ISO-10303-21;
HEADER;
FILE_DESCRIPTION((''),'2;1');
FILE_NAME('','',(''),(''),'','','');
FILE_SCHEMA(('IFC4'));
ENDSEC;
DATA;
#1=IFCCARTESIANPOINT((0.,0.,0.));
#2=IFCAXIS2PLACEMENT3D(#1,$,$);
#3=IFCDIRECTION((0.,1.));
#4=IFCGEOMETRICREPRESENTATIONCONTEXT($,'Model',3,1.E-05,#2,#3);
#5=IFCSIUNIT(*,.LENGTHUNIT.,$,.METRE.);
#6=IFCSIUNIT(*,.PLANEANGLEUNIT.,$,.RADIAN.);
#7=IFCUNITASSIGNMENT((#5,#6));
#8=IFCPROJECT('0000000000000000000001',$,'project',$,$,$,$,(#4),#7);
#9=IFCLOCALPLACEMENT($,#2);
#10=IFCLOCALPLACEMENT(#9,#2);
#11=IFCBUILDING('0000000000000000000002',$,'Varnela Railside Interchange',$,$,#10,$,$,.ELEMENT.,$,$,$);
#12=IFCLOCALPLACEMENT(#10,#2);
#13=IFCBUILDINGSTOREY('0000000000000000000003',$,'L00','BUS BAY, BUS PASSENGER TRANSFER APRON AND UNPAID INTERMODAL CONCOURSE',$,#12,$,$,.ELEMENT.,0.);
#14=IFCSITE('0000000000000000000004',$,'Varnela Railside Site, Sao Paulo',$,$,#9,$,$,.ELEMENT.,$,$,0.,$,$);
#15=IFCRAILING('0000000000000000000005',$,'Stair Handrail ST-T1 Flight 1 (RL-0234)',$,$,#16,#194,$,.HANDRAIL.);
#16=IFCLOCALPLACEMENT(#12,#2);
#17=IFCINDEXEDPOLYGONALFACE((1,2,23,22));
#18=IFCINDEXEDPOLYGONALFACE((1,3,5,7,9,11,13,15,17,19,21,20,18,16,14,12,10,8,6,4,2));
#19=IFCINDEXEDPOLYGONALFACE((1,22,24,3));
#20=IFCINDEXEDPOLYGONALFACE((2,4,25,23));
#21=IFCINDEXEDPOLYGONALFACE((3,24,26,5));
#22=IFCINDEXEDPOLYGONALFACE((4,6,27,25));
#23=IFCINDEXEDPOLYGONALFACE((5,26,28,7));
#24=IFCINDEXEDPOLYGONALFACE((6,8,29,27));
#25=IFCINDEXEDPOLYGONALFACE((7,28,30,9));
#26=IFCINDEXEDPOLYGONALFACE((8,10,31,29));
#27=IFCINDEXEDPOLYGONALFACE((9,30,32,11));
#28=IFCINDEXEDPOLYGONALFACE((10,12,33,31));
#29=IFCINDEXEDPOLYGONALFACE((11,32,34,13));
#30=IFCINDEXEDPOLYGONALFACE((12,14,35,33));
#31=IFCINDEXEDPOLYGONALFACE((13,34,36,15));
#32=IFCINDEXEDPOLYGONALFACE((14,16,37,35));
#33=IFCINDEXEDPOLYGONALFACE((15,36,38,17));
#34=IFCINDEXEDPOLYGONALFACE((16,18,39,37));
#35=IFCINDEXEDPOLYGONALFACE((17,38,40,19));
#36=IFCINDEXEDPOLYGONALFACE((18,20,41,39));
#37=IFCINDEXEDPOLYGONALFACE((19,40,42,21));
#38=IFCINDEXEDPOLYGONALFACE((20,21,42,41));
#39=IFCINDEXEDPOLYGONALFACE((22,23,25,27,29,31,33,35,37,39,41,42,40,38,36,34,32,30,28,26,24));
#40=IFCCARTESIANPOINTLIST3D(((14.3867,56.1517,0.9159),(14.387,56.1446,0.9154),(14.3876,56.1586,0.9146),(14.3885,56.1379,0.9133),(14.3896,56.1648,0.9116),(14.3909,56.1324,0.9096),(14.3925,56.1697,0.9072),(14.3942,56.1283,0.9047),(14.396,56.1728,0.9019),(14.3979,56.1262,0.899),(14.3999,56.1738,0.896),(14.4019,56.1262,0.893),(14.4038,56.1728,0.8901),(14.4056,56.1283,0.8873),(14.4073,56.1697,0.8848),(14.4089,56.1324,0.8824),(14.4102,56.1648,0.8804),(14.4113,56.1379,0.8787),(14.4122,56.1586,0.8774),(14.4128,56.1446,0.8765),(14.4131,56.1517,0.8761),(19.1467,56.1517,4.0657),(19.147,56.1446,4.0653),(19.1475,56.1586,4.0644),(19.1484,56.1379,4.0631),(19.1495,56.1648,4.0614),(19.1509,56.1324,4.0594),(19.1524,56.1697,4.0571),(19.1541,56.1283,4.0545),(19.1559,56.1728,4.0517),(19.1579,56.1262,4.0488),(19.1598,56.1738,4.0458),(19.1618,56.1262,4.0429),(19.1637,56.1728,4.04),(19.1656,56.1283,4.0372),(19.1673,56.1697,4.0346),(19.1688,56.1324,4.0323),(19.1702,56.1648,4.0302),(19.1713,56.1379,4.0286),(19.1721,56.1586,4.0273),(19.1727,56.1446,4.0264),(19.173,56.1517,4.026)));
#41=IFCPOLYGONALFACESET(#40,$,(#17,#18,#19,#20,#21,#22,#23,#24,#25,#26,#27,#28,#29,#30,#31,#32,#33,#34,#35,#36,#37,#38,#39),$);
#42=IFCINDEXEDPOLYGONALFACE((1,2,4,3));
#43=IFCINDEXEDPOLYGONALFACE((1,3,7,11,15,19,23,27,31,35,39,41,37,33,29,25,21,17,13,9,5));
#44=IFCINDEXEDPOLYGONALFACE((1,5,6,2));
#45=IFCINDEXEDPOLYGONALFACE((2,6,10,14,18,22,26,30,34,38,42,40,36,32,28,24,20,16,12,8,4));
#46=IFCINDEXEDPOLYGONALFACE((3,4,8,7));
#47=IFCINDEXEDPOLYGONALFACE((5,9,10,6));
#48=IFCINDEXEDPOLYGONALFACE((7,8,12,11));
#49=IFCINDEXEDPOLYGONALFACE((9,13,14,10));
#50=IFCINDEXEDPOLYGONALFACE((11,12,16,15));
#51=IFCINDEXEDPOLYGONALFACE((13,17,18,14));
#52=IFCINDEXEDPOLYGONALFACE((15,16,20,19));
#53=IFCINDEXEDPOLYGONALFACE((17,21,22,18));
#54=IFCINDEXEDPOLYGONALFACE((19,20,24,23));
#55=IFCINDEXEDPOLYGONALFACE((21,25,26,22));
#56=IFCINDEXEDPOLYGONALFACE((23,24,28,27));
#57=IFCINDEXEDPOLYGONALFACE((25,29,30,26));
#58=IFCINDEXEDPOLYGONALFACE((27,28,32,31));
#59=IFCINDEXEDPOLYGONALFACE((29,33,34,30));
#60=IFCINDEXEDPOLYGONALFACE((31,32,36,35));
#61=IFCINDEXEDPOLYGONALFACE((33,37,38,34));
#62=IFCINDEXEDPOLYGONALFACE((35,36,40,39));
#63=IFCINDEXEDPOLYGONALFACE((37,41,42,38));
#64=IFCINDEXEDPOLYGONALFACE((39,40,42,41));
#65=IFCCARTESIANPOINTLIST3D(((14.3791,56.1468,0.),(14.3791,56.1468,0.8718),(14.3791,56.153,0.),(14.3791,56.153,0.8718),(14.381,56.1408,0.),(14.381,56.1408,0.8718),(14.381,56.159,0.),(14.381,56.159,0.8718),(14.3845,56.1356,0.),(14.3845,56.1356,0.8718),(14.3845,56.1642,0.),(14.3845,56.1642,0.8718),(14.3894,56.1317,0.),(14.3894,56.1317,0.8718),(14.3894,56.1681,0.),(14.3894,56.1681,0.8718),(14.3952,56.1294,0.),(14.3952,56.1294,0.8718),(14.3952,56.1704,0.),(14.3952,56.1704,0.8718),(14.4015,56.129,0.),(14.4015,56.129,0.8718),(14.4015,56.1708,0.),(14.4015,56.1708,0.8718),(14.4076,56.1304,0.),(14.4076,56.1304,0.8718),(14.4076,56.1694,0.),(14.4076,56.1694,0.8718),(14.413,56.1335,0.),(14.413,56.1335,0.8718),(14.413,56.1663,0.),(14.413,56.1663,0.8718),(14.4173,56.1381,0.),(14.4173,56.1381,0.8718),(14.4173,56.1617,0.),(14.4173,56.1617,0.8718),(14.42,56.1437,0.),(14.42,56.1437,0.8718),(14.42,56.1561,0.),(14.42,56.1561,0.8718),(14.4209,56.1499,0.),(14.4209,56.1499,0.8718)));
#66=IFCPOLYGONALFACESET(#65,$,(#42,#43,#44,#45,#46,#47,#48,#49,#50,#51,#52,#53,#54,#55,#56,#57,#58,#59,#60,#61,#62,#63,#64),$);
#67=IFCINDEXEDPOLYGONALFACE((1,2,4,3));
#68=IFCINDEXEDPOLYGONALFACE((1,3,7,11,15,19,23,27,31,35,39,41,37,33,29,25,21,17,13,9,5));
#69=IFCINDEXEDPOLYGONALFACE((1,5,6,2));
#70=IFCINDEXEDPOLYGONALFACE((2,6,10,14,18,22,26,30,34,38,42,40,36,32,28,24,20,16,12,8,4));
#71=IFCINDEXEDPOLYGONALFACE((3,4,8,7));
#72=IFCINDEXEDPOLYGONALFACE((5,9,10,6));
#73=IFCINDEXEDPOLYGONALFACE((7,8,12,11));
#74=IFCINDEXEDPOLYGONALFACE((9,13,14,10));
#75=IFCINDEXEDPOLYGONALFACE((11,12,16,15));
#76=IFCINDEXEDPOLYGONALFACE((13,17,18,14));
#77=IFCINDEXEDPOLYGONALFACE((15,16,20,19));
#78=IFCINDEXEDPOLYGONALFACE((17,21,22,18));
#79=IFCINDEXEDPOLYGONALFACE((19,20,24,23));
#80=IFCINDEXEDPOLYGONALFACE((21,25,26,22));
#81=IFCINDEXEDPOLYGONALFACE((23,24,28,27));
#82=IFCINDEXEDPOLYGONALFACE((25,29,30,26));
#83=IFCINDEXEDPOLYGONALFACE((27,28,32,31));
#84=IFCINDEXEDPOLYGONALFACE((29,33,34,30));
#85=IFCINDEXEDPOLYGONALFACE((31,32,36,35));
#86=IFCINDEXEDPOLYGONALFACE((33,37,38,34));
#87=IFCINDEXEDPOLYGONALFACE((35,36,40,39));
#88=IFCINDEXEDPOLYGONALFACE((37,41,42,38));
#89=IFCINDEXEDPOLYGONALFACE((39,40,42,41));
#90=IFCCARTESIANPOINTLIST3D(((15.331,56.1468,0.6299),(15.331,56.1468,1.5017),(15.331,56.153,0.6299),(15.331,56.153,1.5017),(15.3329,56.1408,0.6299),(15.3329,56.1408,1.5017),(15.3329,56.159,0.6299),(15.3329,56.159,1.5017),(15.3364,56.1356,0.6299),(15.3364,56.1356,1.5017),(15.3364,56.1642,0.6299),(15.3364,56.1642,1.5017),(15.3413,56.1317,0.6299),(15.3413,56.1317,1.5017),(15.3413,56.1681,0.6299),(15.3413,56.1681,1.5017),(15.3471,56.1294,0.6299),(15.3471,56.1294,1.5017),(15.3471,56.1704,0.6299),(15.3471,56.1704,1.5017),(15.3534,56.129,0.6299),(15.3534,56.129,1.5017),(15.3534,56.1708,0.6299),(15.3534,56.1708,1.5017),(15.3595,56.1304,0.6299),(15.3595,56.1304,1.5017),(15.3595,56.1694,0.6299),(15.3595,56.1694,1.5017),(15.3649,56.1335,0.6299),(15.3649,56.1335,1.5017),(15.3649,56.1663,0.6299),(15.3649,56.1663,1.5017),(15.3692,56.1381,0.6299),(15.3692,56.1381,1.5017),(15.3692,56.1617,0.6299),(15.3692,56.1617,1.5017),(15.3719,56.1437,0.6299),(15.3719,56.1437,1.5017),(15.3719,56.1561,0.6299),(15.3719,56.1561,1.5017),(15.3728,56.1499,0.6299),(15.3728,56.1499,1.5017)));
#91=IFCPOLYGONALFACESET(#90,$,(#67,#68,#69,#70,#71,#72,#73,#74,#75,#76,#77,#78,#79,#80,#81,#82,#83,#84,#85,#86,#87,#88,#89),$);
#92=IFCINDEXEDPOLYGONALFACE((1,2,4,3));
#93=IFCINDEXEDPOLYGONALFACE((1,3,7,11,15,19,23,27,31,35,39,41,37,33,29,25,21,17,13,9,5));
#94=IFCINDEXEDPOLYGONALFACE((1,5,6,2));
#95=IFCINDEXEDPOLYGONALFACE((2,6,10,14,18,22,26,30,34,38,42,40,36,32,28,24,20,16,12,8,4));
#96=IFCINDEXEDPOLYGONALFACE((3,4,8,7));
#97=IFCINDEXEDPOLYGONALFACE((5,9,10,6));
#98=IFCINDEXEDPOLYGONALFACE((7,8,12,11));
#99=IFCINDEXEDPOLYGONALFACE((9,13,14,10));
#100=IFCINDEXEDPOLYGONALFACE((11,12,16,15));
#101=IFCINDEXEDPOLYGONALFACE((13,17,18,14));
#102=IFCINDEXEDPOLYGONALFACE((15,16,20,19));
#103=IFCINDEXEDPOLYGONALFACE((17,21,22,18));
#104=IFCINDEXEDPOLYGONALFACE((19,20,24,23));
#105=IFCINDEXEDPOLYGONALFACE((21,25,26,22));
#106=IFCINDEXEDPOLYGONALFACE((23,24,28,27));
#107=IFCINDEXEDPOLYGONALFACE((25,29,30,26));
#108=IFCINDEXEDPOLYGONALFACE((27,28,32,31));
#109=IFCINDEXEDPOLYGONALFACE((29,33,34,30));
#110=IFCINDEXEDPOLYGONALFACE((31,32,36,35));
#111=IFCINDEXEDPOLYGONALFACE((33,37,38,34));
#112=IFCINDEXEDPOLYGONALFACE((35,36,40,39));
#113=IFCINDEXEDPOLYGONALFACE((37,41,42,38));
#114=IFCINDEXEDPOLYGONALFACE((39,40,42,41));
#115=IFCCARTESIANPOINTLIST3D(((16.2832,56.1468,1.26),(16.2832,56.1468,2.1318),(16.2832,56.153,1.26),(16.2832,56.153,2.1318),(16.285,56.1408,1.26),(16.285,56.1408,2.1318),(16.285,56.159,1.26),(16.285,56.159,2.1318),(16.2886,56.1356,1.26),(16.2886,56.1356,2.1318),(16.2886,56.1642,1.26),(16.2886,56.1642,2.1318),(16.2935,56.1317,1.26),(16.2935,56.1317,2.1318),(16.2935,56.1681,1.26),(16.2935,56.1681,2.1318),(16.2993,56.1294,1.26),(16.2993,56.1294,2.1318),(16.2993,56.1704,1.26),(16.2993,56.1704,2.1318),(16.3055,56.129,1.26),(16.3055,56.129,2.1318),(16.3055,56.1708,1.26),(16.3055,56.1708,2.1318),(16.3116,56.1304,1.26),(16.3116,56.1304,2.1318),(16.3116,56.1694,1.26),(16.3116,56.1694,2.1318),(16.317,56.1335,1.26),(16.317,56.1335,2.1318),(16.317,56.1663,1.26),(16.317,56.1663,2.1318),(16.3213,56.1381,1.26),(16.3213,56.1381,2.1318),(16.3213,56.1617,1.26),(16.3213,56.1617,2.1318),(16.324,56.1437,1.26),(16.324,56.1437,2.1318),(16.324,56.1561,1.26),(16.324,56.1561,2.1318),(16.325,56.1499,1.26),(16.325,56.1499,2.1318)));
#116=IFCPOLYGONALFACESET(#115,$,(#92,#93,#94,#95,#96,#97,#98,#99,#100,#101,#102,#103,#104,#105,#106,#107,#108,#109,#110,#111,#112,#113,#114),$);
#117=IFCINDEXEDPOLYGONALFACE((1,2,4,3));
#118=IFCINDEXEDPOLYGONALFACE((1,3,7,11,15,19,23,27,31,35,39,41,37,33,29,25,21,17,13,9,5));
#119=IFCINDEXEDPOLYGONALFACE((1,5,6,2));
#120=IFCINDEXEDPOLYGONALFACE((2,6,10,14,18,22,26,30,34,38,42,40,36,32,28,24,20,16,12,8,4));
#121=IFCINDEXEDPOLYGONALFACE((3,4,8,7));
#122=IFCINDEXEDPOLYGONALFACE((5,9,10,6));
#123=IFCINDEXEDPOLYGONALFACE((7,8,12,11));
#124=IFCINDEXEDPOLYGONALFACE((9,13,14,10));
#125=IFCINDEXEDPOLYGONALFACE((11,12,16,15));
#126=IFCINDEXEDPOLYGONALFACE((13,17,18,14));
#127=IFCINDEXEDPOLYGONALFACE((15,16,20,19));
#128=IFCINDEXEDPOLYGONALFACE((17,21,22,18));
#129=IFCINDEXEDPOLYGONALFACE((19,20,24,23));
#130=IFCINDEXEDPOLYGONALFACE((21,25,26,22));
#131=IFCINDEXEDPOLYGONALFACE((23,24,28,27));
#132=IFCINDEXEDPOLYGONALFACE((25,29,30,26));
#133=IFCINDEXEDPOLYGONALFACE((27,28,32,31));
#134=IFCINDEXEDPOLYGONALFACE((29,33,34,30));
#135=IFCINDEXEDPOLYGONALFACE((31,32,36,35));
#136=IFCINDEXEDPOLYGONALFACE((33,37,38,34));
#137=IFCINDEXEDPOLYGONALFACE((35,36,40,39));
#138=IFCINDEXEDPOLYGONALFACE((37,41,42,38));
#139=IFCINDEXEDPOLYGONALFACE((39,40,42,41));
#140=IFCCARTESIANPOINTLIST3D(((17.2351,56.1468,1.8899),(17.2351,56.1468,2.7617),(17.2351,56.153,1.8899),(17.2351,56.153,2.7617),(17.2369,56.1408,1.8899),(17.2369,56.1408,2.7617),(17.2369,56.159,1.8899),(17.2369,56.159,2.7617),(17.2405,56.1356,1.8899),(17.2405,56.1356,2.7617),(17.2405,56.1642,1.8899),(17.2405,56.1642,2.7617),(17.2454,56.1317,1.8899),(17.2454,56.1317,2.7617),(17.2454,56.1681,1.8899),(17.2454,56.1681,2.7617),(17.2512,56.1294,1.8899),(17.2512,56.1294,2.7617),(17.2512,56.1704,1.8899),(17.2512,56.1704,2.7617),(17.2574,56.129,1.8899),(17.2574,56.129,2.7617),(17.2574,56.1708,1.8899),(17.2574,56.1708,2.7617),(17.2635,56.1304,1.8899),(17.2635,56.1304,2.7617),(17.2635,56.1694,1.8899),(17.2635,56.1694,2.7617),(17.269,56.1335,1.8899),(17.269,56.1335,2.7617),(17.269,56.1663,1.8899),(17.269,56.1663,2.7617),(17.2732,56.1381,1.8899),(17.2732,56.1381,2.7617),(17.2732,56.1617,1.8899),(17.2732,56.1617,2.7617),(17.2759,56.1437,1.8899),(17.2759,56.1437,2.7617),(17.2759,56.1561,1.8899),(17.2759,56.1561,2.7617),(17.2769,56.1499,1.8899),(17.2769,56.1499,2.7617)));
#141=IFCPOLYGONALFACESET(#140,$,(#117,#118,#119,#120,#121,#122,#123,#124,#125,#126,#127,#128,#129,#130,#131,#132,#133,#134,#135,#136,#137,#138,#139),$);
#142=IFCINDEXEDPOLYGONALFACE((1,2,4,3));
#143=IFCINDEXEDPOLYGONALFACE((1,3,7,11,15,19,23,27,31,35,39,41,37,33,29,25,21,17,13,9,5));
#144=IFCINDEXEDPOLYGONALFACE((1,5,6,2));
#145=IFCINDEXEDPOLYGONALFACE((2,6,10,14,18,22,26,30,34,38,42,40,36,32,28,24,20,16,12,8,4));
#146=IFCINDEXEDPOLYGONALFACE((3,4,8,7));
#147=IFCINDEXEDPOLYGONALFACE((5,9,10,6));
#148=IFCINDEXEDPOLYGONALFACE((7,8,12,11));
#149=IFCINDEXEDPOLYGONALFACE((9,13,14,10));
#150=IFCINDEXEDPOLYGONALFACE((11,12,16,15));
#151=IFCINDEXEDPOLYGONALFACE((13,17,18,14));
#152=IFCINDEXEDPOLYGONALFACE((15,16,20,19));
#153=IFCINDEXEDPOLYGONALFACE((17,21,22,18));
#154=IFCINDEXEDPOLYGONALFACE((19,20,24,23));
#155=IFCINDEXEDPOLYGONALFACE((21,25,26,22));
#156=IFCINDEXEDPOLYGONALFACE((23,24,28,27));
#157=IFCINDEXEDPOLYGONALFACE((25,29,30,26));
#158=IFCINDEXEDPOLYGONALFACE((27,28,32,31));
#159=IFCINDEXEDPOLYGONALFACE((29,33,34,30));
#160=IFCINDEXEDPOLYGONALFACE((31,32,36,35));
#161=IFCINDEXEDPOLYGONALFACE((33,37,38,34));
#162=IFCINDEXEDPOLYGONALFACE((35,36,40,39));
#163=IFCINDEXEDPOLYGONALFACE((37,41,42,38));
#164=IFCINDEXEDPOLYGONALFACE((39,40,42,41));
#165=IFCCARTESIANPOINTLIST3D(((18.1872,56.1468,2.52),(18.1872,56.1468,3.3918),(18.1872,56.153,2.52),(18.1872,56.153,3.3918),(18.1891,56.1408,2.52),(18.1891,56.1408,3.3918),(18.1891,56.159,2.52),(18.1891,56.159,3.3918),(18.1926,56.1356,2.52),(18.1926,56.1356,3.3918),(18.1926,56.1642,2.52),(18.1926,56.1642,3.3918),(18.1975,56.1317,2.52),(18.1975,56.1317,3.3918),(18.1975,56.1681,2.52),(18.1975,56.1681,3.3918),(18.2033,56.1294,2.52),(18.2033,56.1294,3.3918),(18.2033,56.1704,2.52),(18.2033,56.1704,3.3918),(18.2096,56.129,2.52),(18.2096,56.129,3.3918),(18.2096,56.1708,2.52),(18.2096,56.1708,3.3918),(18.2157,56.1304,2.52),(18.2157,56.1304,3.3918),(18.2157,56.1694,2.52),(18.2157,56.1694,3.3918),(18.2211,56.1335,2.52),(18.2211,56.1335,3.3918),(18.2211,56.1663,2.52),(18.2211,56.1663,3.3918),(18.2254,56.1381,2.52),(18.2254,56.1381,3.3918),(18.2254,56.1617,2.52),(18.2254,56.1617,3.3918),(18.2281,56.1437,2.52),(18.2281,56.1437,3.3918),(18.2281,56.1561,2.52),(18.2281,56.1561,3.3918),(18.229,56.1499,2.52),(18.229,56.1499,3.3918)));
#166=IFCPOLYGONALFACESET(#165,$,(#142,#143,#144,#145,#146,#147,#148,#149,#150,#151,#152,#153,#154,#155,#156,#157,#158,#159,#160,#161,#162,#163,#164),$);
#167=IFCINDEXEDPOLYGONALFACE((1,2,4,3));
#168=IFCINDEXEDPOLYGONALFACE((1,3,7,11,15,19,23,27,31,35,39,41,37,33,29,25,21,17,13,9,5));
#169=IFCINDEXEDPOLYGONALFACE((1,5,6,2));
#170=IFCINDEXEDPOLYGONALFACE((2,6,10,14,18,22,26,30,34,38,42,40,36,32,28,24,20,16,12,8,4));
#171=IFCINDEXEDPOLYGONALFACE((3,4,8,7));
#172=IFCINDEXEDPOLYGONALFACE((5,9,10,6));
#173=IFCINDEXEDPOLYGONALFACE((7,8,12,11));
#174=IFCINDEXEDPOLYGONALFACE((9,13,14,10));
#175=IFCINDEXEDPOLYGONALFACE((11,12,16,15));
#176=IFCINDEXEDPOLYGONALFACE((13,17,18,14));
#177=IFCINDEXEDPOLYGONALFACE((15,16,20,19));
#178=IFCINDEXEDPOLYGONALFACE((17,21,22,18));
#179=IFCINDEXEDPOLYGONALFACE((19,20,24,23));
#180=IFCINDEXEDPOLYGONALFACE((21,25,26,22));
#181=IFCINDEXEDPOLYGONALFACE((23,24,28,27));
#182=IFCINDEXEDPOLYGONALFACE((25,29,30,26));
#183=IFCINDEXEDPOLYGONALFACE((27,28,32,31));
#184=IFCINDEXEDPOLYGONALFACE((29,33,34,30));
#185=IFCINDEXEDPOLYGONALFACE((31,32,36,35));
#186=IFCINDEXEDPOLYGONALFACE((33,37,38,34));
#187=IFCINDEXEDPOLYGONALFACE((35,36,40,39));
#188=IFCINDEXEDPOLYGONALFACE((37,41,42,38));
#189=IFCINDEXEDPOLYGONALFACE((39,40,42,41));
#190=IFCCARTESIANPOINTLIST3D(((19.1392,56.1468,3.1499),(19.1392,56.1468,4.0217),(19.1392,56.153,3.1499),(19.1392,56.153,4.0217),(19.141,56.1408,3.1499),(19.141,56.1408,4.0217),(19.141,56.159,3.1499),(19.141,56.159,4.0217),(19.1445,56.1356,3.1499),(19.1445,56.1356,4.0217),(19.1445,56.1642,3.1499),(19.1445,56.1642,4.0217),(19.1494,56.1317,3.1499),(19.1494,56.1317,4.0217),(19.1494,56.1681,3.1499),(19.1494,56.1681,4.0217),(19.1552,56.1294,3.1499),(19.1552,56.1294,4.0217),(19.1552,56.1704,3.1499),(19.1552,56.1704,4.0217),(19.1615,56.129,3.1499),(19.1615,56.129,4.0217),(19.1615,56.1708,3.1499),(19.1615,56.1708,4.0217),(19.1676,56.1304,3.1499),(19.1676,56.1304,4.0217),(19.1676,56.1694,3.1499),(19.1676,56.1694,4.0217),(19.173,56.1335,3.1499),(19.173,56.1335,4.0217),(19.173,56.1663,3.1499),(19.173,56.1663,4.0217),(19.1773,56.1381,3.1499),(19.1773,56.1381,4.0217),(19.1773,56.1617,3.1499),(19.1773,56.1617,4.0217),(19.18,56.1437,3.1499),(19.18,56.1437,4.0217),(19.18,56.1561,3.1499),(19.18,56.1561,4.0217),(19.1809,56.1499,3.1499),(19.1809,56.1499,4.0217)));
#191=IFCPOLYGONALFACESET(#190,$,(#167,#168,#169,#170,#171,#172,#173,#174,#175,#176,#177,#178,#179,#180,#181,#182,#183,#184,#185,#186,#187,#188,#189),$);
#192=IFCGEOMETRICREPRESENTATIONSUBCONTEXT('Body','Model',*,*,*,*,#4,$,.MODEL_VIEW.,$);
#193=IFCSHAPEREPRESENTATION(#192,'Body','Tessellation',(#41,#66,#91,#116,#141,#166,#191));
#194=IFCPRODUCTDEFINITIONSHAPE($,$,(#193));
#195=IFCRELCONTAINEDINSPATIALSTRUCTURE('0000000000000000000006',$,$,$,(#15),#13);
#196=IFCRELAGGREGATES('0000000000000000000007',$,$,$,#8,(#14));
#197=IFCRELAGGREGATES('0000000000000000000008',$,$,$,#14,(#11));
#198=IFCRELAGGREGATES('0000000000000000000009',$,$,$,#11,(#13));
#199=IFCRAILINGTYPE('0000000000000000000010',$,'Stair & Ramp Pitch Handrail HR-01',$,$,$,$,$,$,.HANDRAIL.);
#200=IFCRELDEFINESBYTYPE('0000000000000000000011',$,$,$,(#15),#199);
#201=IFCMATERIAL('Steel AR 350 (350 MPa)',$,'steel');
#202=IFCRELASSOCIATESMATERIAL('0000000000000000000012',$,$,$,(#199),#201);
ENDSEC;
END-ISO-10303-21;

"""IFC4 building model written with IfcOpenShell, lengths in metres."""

from ifc_helpers import new_model, si_unit, direction, frame, origin, origin_2d, place, context, subcontext, project, spatial, circle, extrude, material, type_object, element, save


model = new_model("IFC4")

# Units and contexts
model_context = context("Model", 3, precision=1e-05, world=origin(), true_north=direction((0.0, 1.0)))
body_context = subcontext(model_context, "Body", "Model", "MODEL_VIEW")
ifc_project = project(units=[si_unit("LENGTHUNIT", "METRE"), si_unit("PLANEANGLEUNIT", "RADIAN")], contexts=[model_context])

# Site, building, storey
site_placement = place(None, origin())
site = spatial("IfcSite", under=ifc_project, at=site_placement, Name="Varnela Railside Site, Sao Paulo", CompositionType="ELEMENT", RefElevation=0.0)
building_placement = place(site_placement, origin())
building = spatial("IfcBuilding", under=site, at=building_placement, Name="Varnela Railside Interchange", CompositionType="ELEMENT")
storey_placement = place(building_placement, origin())
storey = spatial("IfcBuildingStorey", under=building, at=storey_placement, Name="L00", Description="BUS BAY, BUS PASSENGER TRANSFER APRON AND UNPAID INTERMODAL CONCOURSE", CompositionType="ELEMENT", Elevation=0.0)

# Shared definitions
ifc_material_1 = material(Name="Steel AR 350 (350 MPa)", Category="steel")

# Railing
railing_type_1 = type_object("IfcRailingType", Name="Stair & Ramp Pitch Handrail HR-01", PredefinedType="HANDRAIL", material=ifc_material_1)
railing_1_placement = place(storey_placement, frame((14.3999, 56.1499, 0.0)))
element("IfcRailing", 1, at=railing_1_placement, inside=storey, type_object=railing_type_1, Name="Stair Handrail ST-T1 Flight 1 (RL-0234)", PredefinedType="HANDRAIL", context=body_context, shape_type="SweptSolid", body=[
    extrude(circle(Radius=0.0239, at=origin_2d()), frame((0.0, 0.0, 0.896), z_axis=(0.833941, 0.0, 0.551854), x_axis=(0.0, 1.0, 0.0)), (0.0, 0.0, 1.0), 5.7078),
    extrude(circle(Radius=0.021, at=origin_2d()), origin(), (0.0, 0.0, 1.0), 0.8718),
    extrude(circle(Radius=0.021, at=origin_2d()), frame((0.9519, 0.0, 0.6299)), (0.0, 0.0, 1.0), 0.8718),
    extrude(circle(Radius=0.021, at=origin_2d()), frame((1.9041, 0.0, 1.26)), (0.0, 0.0, 1.0), 0.8718),
    extrude(circle(Radius=0.021, at=origin_2d()), frame((2.856, 0.0, 1.8899)), (0.0, 0.0, 1.0), 0.8718),
    extrude(circle(Radius=0.021, at=origin_2d()), frame((3.8081, 0.0, 2.52)), (0.0, 0.0, 1.0), 0.8718),
    extrude(circle(Radius=0.021, at=origin_2d()), frame((4.76, 0.0, 3.1499)), (0.0, 0.0, 1.0), 0.8718),
])

save(model, "model.ifc")
